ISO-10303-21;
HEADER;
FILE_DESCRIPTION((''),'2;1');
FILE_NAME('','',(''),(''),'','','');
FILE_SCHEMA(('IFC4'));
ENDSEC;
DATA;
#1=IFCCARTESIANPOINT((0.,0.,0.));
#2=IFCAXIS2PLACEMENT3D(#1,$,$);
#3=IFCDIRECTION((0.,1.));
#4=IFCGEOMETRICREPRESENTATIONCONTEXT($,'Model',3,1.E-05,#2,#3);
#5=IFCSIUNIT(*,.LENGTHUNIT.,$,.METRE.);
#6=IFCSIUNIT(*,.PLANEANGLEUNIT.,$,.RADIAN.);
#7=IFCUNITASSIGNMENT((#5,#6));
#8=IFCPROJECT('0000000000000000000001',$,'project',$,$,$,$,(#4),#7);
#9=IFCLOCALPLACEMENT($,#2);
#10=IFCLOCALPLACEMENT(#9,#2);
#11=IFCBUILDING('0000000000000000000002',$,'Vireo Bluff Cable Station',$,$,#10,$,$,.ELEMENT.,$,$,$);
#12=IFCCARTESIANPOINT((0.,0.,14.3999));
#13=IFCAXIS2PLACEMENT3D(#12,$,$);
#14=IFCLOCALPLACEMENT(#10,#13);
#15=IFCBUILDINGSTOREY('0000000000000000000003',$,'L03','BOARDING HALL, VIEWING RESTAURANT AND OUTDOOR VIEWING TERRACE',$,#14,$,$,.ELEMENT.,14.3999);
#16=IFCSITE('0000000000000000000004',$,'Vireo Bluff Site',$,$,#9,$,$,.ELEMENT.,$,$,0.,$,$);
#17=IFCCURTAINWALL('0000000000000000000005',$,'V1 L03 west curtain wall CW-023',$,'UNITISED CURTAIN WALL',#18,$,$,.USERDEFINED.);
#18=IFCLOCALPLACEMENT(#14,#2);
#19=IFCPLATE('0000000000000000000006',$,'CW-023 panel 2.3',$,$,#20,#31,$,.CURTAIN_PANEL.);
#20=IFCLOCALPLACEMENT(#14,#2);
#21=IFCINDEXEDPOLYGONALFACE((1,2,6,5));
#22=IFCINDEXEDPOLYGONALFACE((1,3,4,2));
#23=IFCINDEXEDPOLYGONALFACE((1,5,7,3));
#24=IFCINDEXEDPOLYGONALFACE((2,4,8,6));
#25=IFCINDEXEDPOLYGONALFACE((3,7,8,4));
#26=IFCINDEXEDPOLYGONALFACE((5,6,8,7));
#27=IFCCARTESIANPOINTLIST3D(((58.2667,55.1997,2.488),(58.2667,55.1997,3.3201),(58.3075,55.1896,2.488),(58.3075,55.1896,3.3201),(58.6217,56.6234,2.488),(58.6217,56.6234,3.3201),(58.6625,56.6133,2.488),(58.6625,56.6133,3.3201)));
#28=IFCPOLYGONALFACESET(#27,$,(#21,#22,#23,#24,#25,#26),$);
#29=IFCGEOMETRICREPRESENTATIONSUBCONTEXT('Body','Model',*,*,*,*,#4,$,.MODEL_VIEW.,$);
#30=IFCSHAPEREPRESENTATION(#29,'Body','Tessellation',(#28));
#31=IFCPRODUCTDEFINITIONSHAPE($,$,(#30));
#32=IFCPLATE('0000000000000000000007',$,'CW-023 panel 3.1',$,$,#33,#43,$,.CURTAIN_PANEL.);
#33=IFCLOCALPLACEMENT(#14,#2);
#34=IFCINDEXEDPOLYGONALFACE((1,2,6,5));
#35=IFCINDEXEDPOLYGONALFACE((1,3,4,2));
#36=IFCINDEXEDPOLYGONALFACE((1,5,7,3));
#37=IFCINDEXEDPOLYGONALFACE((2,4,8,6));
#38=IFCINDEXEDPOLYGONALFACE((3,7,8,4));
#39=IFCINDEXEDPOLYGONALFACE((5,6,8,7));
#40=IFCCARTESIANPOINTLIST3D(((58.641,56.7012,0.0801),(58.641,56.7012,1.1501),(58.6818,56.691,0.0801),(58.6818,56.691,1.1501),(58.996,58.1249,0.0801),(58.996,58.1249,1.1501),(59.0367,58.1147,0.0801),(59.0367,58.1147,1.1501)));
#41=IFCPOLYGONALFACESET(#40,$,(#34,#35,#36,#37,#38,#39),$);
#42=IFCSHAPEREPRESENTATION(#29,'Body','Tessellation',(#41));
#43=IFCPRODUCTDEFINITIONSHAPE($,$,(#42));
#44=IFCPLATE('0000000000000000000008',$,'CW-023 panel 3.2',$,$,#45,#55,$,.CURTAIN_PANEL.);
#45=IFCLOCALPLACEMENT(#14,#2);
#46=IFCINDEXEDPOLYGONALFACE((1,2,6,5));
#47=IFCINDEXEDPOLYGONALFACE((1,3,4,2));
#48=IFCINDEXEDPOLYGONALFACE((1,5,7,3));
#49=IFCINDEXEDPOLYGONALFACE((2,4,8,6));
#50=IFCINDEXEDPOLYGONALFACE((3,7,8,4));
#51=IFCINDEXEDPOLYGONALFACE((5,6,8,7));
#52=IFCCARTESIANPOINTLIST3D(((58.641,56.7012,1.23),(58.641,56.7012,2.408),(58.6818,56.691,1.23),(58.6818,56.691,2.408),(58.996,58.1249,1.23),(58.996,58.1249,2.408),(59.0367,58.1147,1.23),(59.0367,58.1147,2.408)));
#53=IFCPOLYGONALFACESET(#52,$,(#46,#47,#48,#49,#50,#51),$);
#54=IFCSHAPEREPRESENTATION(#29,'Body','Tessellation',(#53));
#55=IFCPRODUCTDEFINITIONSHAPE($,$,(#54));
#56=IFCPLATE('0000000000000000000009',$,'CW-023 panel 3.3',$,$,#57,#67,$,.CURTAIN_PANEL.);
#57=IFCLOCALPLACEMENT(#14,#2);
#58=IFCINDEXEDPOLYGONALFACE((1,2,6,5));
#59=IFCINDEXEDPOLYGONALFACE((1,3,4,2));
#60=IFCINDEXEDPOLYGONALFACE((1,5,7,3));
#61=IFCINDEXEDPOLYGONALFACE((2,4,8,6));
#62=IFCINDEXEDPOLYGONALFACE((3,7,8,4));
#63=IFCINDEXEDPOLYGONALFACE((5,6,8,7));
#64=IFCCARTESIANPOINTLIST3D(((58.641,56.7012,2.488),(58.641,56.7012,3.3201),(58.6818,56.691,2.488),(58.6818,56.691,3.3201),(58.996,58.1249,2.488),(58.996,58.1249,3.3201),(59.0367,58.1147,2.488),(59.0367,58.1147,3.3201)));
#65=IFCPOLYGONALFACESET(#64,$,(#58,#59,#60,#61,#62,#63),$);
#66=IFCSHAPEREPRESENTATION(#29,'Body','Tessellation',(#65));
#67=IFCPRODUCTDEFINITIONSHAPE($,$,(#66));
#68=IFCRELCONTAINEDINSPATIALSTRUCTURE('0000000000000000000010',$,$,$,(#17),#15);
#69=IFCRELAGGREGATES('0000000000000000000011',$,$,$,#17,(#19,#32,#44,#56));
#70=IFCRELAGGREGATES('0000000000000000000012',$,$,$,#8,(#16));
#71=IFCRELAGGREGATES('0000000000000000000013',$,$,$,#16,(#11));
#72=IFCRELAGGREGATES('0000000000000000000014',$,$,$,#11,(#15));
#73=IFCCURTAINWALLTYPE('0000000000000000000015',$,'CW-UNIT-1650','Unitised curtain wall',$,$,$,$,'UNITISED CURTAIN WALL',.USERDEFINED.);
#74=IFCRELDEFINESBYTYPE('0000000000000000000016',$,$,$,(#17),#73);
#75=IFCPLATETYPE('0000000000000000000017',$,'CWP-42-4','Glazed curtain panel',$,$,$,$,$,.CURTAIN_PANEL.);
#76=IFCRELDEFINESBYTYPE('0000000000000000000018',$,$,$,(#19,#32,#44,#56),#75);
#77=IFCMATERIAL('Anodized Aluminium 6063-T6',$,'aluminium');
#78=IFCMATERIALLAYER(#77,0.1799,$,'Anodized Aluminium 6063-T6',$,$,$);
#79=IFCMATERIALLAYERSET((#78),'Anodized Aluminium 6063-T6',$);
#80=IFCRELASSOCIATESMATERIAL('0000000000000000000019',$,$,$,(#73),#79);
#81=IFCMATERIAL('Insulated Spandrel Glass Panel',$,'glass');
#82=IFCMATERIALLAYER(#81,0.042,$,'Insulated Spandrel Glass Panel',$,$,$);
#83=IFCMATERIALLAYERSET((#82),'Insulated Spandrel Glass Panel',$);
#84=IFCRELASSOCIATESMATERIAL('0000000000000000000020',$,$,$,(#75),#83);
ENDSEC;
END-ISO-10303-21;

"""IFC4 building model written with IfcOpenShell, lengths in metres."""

from ifc_helpers import new_model, si_unit, direction, frame, origin, origin_2d, place, context, subcontext, project, spatial, rectangle, extrude, material, layer, layer_set, type_object, element, aggregate, save


model = new_model("IFC4")

# Units and contexts
model_context = context("Model", 3, precision=1e-05, world=origin(), true_north=direction((0.0, 1.0)))
body_context = subcontext(model_context, "Body", "Model", "MODEL_VIEW")
ifc_project = project(units=[si_unit("LENGTHUNIT", "METRE"), si_unit("PLANEANGLEUNIT", "RADIAN")], contexts=[model_context])

# Site, building, storey
site_placement = place(None, origin())
site = spatial("IfcSite", under=ifc_project, at=site_placement, Name="Vireo Bluff Site", CompositionType="ELEMENT", RefElevation=0.0)
building_placement = place(site_placement, origin())
building = spatial("IfcBuilding", under=site, at=building_placement, Name="Vireo Bluff Cable Station", CompositionType="ELEMENT")
storey_placement = place(building_placement, frame((0.0, 0.0, 14.3999)))
storey = spatial("IfcBuildingStorey", under=building, at=storey_placement, Name="L03", Description="BOARDING HALL, VIEWING RESTAURANT AND OUTDOOR VIEWING TERRACE", CompositionType="ELEMENT", Elevation=14.3999)

# Curtain wall
ifc_material_1 = material(Name="Anodized Aluminium 6063-T6", Category="aluminium")
ifc_layer_1 = layer(ifc_material_1, 0.1799, Name="Anodized Aluminium 6063-T6")
ifc_layer_set_1 = layer_set([ifc_layer_1], Name="Anodized Aluminium 6063-T6")
curtain_wall_type = type_object("IfcCurtainWallType", Name="CW-UNIT-1650", Description="Unitised curtain wall", ElementType="UNITISED CURTAIN WALL", PredefinedType="USERDEFINED", material=ifc_layer_set_1)
curtain_wall_placement = place(storey_placement, origin())
curtain_wall = element("IfcCurtainWall", 1, at=curtain_wall_placement, inside=storey, type_object=curtain_wall_type, Name="V1 L03 west curtain wall CW-023", ObjectType="UNITISED CURTAIN WALL", PredefinedType="USERDEFINED")

# Plates
ifc_material_2 = material(Name="Insulated Spandrel Glass Panel", Category="glass")
ifc_layer_2 = layer(ifc_material_2, 0.042, Name="Insulated Spandrel Glass Panel")
ifc_layer_set_2 = layer_set([ifc_layer_2], Name="Insulated Spandrel Glass Panel")
plate_type = type_object("IfcPlateType", Name="CWP-42-4", Description="Glazed curtain panel", PredefinedType="CURTAIN_PANEL", material=ifc_layer_set_2)
plate_1_placement = place(storey_placement, frame((58.4646, 55.9065, 2.488), z_axis=(0.0, 0.0, 1.0), x_axis=(0.241922, 0.970296, 0.0)))
plate_1 = element("IfcPlate", 2, at=plate_1_placement, type_object=plate_type, Name="CW-023 panel 2.3", PredefinedType="CURTAIN_PANEL", context=body_context, shape_type="SweptSolid", body=[
    extrude(rectangle(XDim=1.4673, YDim=0.042, at=origin_2d()), origin(), (0.0, 0.0, 1.0), 0.832),
])
plate_2_placement = place(storey_placement, frame((58.8389, 57.408, 0.0801), z_axis=(0.0, 0.0, 1.0), x_axis=(0.241922, 0.970296, 0.0)))
plate_2 = element("IfcPlate", 3, at=plate_2_placement, type_object=plate_type, Name="CW-023 panel 3.1", PredefinedType="CURTAIN_PANEL", context=body_context, shape_type="SweptSolid", body=[
    extrude(rectangle(XDim=1.4673, YDim=0.042, at=origin_2d()), origin(), (0.0, 0.0, 1.0), 1.0701),
])
plate_3_placement = place(storey_placement, frame((58.8389, 57.408, 1.23), z_axis=(0.0, 0.0, 1.0), x_axis=(0.241922, 0.970296, 0.0)))
plate_3 = element("IfcPlate", 4, at=plate_3_placement, type_object=plate_type, Name="CW-023 panel 3.2", PredefinedType="CURTAIN_PANEL", context=body_context, shape_type="SweptSolid", body=[
    extrude(rectangle(XDim=1.4673, YDim=0.042, at=origin_2d()), origin(), (0.0, 0.0, 1.0), 1.178),
])
plate_4_placement = place(storey_placement, frame((58.8389, 57.408, 2.488), z_axis=(0.0, 0.0, 1.0), x_axis=(0.241922, 0.970296, 0.0)))
plate_4 = element("IfcPlate", 5, at=plate_4_placement, type_object=plate_type, Name="CW-023 panel 3.3", PredefinedType="CURTAIN_PANEL", context=body_context, shape_type="SweptSolid", body=[
    extrude(rectangle(XDim=1.4673, YDim=0.042, at=origin_2d()), origin(), (0.0, 0.0, 1.0), 0.832),
])
aggregate(curtain_wall, [plate_1, plate_2, plate_3, plate_4])

save(model, "model.ifc")
